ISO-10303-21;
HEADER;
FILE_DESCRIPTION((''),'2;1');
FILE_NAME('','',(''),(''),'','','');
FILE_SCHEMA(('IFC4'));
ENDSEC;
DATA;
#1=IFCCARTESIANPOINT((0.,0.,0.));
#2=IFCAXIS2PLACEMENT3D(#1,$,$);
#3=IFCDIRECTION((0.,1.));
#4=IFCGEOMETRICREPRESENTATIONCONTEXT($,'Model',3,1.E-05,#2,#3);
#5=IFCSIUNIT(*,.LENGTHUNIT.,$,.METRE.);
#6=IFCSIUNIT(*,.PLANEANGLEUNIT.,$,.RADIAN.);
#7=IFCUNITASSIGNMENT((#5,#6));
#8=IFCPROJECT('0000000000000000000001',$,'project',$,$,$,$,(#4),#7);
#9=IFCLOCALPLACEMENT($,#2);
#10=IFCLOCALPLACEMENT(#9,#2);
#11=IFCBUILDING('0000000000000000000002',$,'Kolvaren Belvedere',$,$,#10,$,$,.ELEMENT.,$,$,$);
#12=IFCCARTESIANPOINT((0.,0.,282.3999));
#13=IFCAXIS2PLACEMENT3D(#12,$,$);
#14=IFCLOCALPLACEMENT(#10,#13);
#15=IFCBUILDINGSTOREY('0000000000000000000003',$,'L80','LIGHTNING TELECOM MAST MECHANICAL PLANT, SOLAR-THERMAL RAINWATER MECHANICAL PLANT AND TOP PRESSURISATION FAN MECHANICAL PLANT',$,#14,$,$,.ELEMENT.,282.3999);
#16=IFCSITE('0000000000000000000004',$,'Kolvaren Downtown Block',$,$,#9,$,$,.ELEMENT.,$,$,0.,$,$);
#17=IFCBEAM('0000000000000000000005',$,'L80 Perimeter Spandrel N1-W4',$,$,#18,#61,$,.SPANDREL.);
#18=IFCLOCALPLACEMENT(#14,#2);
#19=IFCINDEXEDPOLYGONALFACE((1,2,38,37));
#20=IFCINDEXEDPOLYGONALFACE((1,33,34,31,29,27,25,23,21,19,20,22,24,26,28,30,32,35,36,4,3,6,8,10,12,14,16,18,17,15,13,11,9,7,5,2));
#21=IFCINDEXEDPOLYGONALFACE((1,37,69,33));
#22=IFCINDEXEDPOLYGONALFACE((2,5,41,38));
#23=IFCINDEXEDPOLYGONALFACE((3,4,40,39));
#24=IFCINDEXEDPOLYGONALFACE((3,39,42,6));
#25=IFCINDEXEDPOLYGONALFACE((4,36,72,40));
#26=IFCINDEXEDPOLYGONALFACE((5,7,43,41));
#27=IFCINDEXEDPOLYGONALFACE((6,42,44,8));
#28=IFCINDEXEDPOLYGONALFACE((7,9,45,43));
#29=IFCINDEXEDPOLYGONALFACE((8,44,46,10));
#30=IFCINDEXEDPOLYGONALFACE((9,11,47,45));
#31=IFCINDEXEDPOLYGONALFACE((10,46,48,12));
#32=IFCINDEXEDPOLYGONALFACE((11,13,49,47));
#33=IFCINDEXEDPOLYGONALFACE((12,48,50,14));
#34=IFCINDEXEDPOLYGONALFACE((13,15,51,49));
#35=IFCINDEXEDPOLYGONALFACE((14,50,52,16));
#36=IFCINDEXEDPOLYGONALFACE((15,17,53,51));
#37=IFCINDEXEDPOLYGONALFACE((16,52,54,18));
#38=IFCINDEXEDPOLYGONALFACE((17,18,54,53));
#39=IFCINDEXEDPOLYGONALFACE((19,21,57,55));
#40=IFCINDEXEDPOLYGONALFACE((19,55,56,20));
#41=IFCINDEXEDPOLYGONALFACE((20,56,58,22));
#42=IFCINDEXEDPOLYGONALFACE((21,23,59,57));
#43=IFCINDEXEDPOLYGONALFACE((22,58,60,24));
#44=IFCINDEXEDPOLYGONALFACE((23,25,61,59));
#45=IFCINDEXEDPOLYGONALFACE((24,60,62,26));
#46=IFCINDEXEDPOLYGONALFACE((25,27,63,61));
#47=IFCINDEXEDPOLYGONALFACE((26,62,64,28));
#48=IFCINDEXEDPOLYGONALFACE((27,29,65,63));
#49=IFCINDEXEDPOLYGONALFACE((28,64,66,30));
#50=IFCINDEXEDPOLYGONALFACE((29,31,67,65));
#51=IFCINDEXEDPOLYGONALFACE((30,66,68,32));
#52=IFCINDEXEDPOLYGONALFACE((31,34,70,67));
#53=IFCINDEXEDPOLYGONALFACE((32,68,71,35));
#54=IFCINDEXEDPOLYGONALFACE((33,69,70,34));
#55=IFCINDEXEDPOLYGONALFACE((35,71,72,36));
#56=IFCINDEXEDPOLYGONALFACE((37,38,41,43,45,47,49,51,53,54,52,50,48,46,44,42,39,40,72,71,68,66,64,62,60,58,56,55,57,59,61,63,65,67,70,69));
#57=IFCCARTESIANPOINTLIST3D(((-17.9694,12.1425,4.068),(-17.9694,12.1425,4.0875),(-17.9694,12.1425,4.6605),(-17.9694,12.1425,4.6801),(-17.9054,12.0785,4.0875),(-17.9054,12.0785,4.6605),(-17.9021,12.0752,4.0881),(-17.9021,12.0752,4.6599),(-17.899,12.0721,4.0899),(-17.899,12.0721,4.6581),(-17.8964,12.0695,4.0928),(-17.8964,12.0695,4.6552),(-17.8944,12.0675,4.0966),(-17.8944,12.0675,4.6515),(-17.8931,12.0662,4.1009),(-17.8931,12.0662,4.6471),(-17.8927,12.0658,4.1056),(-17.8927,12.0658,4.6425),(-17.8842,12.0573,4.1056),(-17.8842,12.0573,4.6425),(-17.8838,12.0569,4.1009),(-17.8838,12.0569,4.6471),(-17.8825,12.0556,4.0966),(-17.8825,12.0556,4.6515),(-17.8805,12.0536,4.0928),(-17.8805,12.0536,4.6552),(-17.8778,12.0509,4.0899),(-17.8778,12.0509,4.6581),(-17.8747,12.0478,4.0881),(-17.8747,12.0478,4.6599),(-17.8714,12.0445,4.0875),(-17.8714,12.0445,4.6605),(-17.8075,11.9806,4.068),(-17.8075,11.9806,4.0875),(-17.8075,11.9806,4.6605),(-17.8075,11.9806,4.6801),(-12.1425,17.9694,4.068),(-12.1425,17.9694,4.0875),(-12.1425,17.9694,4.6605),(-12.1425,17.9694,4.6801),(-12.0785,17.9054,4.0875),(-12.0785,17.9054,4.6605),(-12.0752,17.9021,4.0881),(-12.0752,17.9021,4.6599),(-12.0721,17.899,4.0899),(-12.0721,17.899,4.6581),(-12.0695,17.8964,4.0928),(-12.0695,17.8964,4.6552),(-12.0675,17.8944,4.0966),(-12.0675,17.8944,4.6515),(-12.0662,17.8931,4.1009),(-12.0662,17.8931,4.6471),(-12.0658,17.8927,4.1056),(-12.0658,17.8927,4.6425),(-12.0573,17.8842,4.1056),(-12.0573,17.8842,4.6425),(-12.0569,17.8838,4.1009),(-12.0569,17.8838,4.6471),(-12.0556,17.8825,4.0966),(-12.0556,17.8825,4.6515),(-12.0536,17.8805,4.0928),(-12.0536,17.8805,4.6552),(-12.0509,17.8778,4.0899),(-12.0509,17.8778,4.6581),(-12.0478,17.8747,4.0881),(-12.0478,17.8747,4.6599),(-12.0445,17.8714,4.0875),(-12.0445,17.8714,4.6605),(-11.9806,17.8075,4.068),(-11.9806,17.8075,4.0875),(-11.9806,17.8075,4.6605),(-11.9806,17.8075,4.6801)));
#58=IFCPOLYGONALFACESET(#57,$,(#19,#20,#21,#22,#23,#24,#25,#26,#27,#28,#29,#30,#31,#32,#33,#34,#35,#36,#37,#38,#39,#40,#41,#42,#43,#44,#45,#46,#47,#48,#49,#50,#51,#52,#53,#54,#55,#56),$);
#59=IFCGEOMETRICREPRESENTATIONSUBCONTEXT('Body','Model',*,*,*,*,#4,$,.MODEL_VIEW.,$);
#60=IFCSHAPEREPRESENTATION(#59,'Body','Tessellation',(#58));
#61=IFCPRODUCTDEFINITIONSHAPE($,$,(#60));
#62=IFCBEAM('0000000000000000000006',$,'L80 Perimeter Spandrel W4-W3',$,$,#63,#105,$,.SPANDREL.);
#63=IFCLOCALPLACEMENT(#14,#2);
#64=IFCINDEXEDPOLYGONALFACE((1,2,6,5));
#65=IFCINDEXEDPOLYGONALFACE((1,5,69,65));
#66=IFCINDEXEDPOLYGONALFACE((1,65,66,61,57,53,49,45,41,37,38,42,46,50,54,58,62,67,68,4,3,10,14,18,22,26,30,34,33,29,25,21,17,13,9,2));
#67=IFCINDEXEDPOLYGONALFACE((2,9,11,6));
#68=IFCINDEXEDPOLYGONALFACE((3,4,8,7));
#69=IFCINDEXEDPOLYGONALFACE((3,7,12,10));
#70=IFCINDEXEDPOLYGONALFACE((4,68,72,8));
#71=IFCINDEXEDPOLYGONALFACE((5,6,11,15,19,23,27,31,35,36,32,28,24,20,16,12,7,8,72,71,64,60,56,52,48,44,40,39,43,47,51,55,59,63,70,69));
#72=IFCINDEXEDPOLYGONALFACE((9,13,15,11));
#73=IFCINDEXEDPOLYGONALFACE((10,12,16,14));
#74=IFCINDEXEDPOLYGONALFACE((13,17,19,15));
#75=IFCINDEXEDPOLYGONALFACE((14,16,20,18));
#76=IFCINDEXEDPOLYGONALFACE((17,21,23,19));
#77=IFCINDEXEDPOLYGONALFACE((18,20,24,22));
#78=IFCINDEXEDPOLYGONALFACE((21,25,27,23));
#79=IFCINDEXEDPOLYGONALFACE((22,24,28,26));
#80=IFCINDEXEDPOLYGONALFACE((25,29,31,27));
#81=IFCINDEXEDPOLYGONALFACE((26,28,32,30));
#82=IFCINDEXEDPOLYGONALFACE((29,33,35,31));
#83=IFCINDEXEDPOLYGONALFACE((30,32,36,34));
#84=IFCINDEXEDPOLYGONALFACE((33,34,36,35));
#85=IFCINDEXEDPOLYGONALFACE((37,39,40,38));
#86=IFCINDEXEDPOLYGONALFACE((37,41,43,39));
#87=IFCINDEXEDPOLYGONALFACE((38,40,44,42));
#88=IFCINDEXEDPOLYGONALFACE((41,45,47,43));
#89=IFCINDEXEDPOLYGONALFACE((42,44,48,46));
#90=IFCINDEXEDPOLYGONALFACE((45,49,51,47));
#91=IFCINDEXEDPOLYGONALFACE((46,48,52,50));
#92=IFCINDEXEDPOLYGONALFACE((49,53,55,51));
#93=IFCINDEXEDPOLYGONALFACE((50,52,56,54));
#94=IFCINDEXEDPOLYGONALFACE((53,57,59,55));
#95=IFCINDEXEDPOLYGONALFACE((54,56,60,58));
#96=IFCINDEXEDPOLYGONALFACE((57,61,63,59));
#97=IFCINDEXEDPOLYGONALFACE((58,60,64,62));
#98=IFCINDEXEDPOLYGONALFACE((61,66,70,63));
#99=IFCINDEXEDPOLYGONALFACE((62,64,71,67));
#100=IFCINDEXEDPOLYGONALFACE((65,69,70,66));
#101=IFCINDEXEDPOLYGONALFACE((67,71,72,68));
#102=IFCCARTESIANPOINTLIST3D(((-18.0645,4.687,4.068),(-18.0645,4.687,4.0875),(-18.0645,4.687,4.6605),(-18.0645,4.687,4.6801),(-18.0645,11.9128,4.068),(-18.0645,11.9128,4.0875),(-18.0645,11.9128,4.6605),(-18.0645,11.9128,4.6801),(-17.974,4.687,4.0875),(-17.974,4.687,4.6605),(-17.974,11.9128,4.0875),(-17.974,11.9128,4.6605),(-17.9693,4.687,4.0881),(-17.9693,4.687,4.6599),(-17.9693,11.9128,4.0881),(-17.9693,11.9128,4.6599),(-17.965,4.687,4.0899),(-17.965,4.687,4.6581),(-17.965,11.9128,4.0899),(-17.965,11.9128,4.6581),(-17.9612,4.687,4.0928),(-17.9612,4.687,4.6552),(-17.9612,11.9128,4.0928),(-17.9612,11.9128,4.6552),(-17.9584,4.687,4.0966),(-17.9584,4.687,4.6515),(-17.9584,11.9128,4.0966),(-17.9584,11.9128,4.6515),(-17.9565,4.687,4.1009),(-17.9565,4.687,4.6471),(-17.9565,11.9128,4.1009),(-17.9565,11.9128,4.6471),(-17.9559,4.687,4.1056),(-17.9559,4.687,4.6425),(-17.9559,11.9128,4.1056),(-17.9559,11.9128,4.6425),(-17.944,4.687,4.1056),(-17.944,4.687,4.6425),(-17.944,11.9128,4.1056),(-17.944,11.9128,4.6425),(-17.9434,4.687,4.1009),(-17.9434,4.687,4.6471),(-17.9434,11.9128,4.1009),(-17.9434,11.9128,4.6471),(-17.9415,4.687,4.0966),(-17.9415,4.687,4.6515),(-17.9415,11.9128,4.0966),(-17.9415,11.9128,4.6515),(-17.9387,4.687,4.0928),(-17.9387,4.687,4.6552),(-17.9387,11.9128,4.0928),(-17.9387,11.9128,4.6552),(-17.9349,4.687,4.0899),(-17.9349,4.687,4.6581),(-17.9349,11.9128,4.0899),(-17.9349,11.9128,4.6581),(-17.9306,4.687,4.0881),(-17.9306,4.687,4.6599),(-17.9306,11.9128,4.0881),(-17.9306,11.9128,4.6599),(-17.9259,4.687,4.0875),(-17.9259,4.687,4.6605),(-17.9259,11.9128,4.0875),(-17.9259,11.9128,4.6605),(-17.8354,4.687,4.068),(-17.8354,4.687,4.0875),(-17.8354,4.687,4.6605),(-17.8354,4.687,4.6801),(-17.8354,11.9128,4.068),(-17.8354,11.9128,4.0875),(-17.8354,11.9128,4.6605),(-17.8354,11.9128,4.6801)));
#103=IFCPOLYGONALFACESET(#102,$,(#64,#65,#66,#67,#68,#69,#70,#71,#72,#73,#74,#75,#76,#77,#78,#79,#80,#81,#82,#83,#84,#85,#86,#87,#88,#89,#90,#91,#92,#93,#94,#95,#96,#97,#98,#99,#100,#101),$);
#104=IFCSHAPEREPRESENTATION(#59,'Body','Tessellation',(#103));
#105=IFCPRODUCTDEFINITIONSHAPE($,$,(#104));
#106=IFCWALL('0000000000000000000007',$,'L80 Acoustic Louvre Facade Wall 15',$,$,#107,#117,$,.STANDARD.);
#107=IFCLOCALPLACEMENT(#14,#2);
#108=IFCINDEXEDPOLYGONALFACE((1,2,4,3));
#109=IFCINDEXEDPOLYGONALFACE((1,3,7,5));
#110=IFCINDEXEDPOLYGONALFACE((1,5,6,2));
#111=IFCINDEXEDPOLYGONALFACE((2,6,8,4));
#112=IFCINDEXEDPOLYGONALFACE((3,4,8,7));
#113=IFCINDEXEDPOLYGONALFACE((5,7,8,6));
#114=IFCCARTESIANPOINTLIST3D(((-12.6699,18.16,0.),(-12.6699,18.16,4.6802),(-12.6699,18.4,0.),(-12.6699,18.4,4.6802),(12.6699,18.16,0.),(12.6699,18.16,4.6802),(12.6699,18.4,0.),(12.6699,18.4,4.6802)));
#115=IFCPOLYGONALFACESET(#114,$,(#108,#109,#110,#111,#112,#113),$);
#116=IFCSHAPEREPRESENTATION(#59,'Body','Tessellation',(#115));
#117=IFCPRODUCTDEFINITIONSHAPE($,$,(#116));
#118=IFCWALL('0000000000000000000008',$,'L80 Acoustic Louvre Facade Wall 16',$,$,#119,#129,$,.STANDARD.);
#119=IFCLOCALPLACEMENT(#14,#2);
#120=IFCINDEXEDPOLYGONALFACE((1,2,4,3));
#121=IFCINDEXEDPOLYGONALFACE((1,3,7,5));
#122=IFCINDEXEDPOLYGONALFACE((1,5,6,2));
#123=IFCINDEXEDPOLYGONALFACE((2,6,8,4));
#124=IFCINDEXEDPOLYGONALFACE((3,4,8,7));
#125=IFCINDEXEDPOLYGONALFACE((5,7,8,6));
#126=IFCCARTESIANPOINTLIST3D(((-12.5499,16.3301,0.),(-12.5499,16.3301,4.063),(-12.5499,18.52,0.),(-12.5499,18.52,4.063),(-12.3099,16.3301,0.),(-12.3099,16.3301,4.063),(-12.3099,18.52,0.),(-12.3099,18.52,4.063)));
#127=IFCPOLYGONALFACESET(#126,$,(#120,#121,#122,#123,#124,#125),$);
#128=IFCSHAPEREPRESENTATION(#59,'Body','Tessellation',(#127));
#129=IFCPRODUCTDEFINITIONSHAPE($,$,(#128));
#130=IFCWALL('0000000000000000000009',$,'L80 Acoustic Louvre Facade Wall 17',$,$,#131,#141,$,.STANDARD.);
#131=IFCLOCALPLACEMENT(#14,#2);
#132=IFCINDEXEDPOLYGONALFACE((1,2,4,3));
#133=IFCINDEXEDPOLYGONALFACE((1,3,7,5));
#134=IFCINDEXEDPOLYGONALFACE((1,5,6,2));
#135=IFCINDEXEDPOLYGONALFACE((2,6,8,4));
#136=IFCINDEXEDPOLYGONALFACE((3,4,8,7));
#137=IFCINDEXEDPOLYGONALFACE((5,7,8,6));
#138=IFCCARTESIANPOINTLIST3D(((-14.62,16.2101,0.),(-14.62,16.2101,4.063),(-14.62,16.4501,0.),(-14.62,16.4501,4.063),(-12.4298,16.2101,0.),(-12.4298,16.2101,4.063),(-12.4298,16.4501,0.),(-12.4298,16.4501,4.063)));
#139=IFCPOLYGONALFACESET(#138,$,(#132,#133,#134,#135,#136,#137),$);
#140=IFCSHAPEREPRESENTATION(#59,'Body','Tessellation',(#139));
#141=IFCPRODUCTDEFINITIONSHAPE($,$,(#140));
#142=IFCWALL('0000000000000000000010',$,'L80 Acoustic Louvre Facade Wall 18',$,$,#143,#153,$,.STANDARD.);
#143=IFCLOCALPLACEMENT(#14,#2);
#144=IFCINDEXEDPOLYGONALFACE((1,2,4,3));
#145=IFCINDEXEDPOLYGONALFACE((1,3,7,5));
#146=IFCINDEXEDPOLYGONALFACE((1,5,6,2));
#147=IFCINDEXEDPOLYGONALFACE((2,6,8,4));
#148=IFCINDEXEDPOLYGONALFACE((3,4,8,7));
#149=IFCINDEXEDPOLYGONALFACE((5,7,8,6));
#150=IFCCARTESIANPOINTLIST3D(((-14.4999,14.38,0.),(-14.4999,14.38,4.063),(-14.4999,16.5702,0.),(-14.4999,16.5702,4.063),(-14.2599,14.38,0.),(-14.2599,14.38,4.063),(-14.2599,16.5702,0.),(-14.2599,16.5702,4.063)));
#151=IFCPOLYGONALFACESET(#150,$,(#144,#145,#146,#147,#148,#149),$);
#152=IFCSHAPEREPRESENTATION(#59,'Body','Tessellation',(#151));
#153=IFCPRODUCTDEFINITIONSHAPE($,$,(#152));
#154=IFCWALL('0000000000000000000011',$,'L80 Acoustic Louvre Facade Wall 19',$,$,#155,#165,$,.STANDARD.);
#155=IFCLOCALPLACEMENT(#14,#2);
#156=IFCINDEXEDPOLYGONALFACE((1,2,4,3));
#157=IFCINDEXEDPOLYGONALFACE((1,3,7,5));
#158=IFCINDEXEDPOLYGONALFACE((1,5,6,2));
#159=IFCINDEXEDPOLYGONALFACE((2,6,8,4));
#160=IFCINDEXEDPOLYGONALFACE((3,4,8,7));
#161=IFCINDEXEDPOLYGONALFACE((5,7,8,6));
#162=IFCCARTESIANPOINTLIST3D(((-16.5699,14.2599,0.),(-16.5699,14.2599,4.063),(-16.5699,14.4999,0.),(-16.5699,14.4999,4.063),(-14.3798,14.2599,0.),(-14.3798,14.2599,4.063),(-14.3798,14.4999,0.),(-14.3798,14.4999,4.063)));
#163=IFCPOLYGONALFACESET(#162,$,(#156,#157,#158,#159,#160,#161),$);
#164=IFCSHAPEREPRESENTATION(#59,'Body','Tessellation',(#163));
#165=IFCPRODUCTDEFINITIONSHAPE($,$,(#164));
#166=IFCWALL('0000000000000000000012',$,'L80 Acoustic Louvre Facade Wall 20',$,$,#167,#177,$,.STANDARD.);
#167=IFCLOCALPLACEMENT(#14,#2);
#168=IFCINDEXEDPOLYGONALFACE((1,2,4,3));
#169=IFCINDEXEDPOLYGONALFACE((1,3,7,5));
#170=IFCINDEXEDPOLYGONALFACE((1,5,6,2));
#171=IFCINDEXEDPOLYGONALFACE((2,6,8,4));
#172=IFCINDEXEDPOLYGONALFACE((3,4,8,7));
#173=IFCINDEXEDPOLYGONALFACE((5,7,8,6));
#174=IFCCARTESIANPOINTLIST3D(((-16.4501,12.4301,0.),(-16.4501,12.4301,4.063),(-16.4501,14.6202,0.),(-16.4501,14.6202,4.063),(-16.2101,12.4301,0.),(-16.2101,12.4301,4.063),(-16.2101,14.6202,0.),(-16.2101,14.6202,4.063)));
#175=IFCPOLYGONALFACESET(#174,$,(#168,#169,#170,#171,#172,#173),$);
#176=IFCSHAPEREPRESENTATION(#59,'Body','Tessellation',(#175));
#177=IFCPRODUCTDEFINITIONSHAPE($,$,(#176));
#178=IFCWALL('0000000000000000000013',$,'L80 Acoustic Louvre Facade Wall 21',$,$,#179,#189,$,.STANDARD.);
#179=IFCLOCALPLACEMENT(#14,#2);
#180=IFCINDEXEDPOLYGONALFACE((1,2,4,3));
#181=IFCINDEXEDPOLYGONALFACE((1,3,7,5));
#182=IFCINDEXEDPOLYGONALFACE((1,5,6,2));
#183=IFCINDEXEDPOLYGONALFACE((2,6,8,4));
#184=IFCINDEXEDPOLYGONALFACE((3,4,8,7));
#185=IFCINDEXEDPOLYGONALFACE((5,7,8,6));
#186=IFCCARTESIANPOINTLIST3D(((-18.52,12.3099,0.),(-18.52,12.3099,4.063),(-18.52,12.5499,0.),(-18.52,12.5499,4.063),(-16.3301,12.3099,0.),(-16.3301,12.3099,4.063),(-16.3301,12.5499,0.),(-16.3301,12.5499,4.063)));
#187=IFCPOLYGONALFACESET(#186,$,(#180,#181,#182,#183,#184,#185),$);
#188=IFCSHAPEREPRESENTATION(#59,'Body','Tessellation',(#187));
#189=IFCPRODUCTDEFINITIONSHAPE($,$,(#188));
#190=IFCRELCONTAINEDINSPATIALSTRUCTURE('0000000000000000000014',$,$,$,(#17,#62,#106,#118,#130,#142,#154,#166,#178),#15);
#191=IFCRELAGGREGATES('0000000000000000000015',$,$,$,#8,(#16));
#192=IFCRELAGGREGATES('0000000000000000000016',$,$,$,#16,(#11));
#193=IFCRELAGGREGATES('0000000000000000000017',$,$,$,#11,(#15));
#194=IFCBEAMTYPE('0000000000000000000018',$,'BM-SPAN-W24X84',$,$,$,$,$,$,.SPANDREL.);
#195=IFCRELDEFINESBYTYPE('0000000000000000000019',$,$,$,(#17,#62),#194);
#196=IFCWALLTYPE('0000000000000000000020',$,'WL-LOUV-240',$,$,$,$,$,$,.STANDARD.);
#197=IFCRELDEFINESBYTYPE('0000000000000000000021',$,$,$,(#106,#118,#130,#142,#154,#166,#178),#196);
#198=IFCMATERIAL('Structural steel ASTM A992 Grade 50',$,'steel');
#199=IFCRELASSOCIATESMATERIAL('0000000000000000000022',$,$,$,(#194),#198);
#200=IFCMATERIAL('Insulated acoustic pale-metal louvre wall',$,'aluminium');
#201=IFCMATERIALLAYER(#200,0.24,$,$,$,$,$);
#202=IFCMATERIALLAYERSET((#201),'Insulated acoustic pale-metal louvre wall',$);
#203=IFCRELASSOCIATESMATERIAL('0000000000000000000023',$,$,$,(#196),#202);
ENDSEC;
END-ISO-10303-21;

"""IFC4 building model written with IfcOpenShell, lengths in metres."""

from ifc_helpers import new_model, si_unit, direction, frame, frame_2d, origin, origin_2d, place, context, subcontext, project, spatial, rectangle, i_section, extrude, material, layer, layer_set, material_profile, profile_set, type_object, element, save


model = new_model("IFC4")

# Units and contexts
model_context = context("Model", 3, precision=1e-05, world=origin(), true_north=direction((0.0, 1.0)))
body_context = subcontext(model_context, "Body", "Model", "MODEL_VIEW")
ifc_project = project(units=[si_unit("LENGTHUNIT", "METRE"), si_unit("PLANEANGLEUNIT", "RADIAN")], contexts=[model_context])

# Site, building, storey
site_placement = place(None, origin())
site = spatial("IfcSite", under=ifc_project, at=site_placement, Name="Kolvaren Downtown Block", CompositionType="ELEMENT", RefElevation=0.0)
building_placement = place(site_placement, origin())
building = spatial("IfcBuilding", under=site, at=building_placement, Name="Kolvaren Belvedere", CompositionType="ELEMENT")
storey_placement = place(building_placement, frame((0.0, 0.0, 282.3999)))
storey = spatial("IfcBuildingStorey", under=building, at=storey_placement, Name="L80", Description="LIGHTNING TELECOM MAST MECHANICAL PLANT, SOLAR-THERMAL RAINWATER MECHANICAL PLANT AND TOP PRESSURISATION FAN MECHANICAL PLANT", CompositionType="ELEMENT", Elevation=282.3999)

# Beams
ifc_material_1 = material(Name="Structural steel ASTM A992 Grade 50", Category="steel")
ifc_material_profile_1 = material_profile(ifc_material_1, i_section(OverallWidth=0.229, OverallDepth=0.6121, WebThickness=0.012, FlangeThickness=0.0195, FilletRadius=0.0181, at=origin_2d()), Name="W24X84")
ifc_profile_set_1 = profile_set([ifc_material_profile_1], Name="Structural steel ASTM A992 Grade 50")
beam_type_1 = type_object("IfcBeamType", Name="BM-SPAN-W24X84", PredefinedType="SPANDREL", material=ifc_profile_set_1)
beam_1_placement = place(storey_placement, frame((-12.0615, 17.8884, 4.374), z_axis=(-0.707107, -0.707107, 0.0), x_axis=(0.707107, -0.707107, 0.0)))
element("IfcBeam", 1, at=beam_1_placement, inside=storey, type_object=beam_type_1, Name="L80 Perimeter Spandrel N1-W4", PredefinedType="SPANDREL", context=body_context, shape_type="SweptSolid", body=[
    extrude(i_section(OverallWidth=0.229, OverallDepth=0.6121, WebThickness=0.012, FlangeThickness=0.0195, FilletRadius=0.0181, at=origin_2d()), origin(), (0.0, 0.0, 1.0), 8.2405),
])
beam_2_placement = place(storey_placement, frame((-17.95, 11.9128, 4.374), z_axis=(0.0, -1.0, 0.0), x_axis=(1.0, 0.0, 0.0)))
element("IfcBeam", 2, at=beam_2_placement, inside=storey, type_object=beam_type_1, Name="L80 Perimeter Spandrel W4-W3", PredefinedType="SPANDREL", context=body_context, shape_type="SweptSolid", body=[
    extrude(i_section(OverallWidth=0.229, OverallDepth=0.6121, WebThickness=0.012, FlangeThickness=0.0195, FilletRadius=0.0181, at=origin_2d()), origin(), (0.0, 0.0, 1.0), 7.2258),
])

# Walls
ifc_material_2 = material(Name="Insulated acoustic pale-metal louvre wall", Category="aluminium")
ifc_layer_1 = layer(ifc_material_2, 0.24)
ifc_layer_set_1 = layer_set([ifc_layer_1], Name="Insulated acoustic pale-metal louvre wall")
wall_type_1 = type_object("IfcWallType", Name="WL-LOUV-240", PredefinedType="STANDARD", material=ifc_layer_set_1)
wall_1_placement = place(storey_placement, frame((-12.6699, 18.28, 0.0), z_axis=(0.0, 0.0, 1.0), x_axis=(1.0, 0.0, 0.0)))
element("IfcWall", 3, at=wall_1_placement, inside=storey, type_object=wall_type_1, Name="L80 Acoustic Louvre Facade Wall 15", PredefinedType="STANDARD", context=body_context, shape_type="SweptSolid", body=[
    extrude(rectangle(XDim=25.3398, YDim=0.24, at=frame_2d((12.6699, 0.0))), origin(), (0.0, 0.0, 1.0), 4.6802),
])
wall_2_placement = place(storey_placement, frame((-12.4299, 16.3301, 0.0), z_axis=(0.0, 0.0, 1.0), x_axis=(0.0, 1.0, 0.0)))
element("IfcWall", 4, at=wall_2_placement, inside=storey, type_object=wall_type_1, Name="L80 Acoustic Louvre Facade Wall 16", PredefinedType="STANDARD", context=body_context, shape_type="SweptSolid", body=[
    extrude(rectangle(XDim=2.1899, YDim=0.24, at=frame_2d((1.095, 0.0))), origin(), (0.0, 0.0, 1.0), 4.063),
])
for number, where, z_axis, x_axis, name in (
    (5, (-14.6201, 16.3301, 0.0), (0.0, 0.0, 1.0), (1.0, 0.0, 0.0), "L80 Acoustic Louvre Facade Wall 17"),
    (6, (-14.3799, 14.3799, 0.0), (0.0, 0.0, 1.0), (0.0, 1.0, 0.0), "L80 Acoustic Louvre Facade Wall 18"),
    (7, (-16.5701, 14.3799, 0.0), (0.0, 0.0, 1.0), (1.0, 0.0, 0.0), "L80 Acoustic Louvre Facade Wall 19"),
    (8, (-16.3301, 12.4299, 0.0), (0.0, 0.0, 1.0), (0.0, 1.0, 0.0), "L80 Acoustic Louvre Facade Wall 20"),
):
    element("IfcWall", number, at=place(storey_placement, frame(where, z_axis=z_axis, x_axis=x_axis)), inside=storey, type_object=wall_type_1, Name=name, PredefinedType="STANDARD", context=body_context, shape_type="SweptSolid", body=[
        extrude(rectangle(XDim=2.1902, YDim=0.24, at=frame_2d((1.0952, 0.0))), origin(), (0.0, 0.0, 1.0), 4.063),
    ])
wall_3_placement = place(storey_placement, frame((-18.52, 12.4299, 0.0), z_axis=(0.0, 0.0, 1.0), x_axis=(1.0, 0.0, 0.0)))
element("IfcWall", 9, at=wall_3_placement, inside=storey, type_object=wall_type_1, Name="L80 Acoustic Louvre Facade Wall 21", PredefinedType="STANDARD", context=body_context, shape_type="SweptSolid", body=[
    extrude(rectangle(XDim=2.1899, YDim=0.24, at=frame_2d((1.095, 0.0))), origin(), (0.0, 0.0, 1.0), 4.063),
])

save(model, "model.ifc")
